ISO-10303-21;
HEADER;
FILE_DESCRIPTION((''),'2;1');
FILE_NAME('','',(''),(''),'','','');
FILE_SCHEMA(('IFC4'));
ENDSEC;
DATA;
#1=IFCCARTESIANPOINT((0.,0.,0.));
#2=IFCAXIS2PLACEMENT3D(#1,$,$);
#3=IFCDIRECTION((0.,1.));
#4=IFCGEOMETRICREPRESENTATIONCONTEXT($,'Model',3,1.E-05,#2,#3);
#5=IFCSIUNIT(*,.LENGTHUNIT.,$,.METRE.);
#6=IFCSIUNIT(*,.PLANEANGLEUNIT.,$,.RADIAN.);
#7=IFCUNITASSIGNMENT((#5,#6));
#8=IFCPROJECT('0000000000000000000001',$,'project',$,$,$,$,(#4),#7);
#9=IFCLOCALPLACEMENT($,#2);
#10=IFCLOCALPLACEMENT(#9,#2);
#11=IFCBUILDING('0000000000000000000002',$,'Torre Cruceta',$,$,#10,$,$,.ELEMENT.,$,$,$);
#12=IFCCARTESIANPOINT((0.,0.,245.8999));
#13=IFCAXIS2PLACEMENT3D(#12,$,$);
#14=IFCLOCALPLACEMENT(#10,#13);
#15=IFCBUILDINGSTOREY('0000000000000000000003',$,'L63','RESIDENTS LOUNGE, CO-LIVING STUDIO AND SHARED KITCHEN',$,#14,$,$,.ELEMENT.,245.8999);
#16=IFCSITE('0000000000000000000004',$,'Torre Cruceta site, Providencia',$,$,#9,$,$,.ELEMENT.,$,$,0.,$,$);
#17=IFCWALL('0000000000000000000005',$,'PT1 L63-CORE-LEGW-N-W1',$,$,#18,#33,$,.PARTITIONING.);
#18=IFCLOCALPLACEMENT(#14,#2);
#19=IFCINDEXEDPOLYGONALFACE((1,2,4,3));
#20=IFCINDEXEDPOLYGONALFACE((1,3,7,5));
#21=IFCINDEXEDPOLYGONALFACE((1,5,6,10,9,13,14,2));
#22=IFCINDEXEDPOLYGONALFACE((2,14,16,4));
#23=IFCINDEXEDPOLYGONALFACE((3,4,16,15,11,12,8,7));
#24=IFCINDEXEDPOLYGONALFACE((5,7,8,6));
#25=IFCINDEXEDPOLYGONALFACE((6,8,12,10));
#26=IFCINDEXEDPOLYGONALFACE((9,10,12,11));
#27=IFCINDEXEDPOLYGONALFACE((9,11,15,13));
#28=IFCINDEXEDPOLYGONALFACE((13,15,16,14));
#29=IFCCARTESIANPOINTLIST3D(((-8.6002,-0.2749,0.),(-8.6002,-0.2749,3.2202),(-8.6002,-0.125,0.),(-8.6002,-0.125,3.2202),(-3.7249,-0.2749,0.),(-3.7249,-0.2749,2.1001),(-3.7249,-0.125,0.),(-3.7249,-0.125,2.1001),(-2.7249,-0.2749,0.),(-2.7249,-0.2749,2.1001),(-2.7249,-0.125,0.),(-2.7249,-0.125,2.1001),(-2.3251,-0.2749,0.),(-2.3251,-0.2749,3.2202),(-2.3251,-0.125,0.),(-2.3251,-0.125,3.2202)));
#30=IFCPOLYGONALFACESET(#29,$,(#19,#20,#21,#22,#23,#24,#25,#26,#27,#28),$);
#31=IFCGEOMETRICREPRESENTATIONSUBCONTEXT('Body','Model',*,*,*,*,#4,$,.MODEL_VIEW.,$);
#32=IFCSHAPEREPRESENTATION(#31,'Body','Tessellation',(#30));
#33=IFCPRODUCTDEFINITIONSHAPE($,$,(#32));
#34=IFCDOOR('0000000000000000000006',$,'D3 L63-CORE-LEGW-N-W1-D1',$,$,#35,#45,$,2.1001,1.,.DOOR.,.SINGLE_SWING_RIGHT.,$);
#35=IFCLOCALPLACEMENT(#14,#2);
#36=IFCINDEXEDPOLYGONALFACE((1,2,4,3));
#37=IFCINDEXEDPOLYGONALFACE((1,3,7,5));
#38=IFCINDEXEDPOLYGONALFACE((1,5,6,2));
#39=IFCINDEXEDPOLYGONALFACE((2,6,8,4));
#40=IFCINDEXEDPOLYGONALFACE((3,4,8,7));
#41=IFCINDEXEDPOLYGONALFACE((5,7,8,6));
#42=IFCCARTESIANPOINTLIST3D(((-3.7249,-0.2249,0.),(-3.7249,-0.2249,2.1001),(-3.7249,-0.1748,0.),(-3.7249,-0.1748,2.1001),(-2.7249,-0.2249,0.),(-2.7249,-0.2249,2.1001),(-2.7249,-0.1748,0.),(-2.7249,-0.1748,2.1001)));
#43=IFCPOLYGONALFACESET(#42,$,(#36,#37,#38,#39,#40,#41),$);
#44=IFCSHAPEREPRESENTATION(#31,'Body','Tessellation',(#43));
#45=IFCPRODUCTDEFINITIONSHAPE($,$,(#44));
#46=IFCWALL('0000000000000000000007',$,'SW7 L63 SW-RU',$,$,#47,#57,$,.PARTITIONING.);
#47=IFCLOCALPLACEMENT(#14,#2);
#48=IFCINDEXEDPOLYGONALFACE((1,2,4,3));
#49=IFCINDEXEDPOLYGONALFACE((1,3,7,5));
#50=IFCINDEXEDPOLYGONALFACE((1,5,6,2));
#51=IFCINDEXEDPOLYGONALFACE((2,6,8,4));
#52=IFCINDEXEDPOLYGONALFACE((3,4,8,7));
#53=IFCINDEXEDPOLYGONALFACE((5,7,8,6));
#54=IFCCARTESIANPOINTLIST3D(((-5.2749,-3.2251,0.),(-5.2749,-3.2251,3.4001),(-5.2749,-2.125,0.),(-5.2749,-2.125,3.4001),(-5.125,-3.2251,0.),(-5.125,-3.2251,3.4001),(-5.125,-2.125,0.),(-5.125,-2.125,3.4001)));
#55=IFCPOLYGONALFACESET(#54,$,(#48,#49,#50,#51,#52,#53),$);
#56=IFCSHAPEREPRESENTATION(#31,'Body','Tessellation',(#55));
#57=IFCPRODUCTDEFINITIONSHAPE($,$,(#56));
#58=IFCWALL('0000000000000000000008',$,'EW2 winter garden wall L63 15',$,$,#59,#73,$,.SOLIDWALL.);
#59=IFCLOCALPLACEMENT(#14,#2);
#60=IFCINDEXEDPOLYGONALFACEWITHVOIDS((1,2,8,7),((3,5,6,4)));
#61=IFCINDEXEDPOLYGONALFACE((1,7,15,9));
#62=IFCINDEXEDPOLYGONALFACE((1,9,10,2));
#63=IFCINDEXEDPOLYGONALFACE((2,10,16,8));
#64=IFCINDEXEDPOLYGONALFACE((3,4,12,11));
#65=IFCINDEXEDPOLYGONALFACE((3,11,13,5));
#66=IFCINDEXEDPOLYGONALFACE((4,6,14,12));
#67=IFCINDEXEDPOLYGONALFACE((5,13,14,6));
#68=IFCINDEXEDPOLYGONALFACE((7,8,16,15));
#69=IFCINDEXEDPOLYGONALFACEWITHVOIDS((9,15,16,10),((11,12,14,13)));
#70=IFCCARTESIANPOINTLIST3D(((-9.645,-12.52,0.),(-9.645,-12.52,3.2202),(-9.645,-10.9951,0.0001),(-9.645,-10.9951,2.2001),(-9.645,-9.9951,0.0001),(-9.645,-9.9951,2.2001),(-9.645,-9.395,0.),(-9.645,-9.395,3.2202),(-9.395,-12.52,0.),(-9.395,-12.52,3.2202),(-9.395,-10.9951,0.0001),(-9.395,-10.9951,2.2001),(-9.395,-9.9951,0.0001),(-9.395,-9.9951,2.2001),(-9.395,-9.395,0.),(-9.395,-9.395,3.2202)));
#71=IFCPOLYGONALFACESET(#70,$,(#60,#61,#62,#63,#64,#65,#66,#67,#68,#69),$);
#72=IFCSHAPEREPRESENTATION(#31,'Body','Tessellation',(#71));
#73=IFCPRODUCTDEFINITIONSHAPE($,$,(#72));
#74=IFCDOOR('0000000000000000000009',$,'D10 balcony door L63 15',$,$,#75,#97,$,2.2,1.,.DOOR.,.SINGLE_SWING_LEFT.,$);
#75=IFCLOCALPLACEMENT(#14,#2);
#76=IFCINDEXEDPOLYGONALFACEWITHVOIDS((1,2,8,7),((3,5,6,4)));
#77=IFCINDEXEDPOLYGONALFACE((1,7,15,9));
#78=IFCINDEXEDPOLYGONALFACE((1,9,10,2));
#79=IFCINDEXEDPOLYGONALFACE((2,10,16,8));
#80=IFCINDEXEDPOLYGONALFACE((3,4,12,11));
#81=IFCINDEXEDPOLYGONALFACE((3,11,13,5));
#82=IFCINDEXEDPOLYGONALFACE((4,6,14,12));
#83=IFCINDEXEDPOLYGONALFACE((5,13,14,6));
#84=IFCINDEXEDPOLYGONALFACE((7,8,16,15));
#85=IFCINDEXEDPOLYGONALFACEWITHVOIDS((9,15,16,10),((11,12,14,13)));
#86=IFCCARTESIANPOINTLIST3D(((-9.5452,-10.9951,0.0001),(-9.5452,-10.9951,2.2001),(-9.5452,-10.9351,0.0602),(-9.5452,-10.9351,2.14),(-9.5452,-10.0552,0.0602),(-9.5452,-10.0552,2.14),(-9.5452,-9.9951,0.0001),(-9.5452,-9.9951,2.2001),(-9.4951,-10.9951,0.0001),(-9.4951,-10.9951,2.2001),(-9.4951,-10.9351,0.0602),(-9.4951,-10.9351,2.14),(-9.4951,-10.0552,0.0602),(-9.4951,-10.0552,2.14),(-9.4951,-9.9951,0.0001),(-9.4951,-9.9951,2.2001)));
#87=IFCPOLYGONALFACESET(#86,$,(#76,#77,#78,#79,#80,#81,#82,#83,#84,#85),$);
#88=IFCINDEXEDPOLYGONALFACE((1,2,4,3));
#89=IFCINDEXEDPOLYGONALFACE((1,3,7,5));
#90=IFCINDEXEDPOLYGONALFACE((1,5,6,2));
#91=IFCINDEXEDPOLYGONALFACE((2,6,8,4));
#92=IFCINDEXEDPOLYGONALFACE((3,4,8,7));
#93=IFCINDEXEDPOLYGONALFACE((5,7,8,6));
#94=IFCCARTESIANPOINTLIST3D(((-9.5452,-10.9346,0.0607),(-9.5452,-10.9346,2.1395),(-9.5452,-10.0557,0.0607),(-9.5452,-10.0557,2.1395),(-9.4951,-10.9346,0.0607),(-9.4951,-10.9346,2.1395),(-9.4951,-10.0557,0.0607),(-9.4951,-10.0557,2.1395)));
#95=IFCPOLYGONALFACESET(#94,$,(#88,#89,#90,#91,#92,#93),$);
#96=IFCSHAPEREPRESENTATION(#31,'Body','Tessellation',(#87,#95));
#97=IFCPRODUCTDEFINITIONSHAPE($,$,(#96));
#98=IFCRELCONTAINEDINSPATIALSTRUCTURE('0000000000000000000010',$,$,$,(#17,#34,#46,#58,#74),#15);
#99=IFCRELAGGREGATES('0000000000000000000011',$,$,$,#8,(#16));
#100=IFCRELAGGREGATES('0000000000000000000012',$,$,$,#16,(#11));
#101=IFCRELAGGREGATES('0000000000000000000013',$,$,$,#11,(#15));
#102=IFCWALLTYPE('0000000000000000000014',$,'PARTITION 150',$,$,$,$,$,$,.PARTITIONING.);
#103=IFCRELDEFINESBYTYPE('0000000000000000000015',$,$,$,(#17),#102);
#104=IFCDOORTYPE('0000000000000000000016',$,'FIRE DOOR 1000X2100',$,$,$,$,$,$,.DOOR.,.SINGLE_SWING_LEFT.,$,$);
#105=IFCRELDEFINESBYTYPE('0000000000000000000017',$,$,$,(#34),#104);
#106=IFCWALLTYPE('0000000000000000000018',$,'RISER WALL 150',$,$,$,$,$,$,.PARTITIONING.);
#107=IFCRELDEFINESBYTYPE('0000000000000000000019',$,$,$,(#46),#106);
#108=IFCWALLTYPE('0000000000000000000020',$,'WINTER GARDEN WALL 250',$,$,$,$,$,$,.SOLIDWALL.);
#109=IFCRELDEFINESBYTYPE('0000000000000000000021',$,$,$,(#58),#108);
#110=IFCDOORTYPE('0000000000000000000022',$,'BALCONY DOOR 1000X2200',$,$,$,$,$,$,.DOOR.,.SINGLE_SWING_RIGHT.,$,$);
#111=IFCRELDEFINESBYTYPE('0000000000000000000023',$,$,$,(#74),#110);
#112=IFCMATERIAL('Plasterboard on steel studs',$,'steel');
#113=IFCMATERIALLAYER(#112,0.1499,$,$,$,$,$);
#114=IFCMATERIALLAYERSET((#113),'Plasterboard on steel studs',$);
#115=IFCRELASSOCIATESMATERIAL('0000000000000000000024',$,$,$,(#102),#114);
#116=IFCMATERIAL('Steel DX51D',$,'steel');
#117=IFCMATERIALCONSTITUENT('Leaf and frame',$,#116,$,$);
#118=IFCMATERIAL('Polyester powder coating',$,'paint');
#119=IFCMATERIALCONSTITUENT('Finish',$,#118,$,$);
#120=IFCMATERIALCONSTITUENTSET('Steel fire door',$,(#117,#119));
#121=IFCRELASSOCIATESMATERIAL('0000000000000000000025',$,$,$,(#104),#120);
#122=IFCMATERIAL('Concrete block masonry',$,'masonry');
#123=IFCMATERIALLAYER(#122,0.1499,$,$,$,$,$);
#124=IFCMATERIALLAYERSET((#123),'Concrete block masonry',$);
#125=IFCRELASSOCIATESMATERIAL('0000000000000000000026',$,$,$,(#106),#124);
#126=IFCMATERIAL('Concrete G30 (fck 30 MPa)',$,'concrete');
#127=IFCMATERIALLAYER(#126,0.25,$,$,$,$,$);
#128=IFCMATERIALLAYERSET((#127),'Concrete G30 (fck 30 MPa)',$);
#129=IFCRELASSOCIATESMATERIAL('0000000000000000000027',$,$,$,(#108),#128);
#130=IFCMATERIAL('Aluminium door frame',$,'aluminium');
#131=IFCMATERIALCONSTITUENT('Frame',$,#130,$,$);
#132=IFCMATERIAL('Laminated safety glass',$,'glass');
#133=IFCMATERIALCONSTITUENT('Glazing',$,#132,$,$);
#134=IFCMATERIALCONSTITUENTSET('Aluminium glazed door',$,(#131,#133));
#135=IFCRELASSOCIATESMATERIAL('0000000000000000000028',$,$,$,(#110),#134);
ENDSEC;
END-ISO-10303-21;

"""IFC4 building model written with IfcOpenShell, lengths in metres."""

from ifc_helpers import new_model, si_unit, direction, frame, frame_2d, origin, place, context, subcontext, project, spatial, rectangle, hollow_rectangle, extrude, material, layer, layer_set, constituent, constituent_set, type_object, element, fill, save


model = new_model("IFC4")

# Units and contexts
model_context = context("Model", 3, precision=1e-05, world=origin(), true_north=direction((0.0, 1.0)))
body_context = subcontext(model_context, "Body", "Model", "MODEL_VIEW")
ifc_project = project(units=[si_unit("LENGTHUNIT", "METRE"), si_unit("PLANEANGLEUNIT", "RADIAN")], contexts=[model_context])

# Site, building, storey
site_placement = place(None, origin())
site = spatial("IfcSite", under=ifc_project, at=site_placement, Name="Torre Cruceta site, Providencia", CompositionType="ELEMENT", RefElevation=0.0)
building_placement = place(site_placement, origin())
building = spatial("IfcBuilding", under=site, at=building_placement, Name="Torre Cruceta", CompositionType="ELEMENT")
storey_placement = place(building_placement, frame((0.0, 0.0, 245.8999)))
storey = spatial("IfcBuildingStorey", under=building, at=storey_placement, Name="L63", Description="RESIDENTS LOUNGE, CO-LIVING STUDIO AND SHARED KITCHEN", CompositionType="ELEMENT", Elevation=245.8999)

# Wall, opening, door
ifc_material_1 = material(Name="Plasterboard on steel studs", Category="steel")
ifc_layer_1 = layer(ifc_material_1, 0.1499)
ifc_layer_set_1 = layer_set([ifc_layer_1], Name="Plasterboard on steel studs")
wall_type_1 = type_object("IfcWallType", Name="PARTITION 150", PredefinedType="PARTITIONING", material=ifc_layer_set_1)
wall_1_placement = place(storey_placement, frame((-2.325, -0.2, 0.0), z_axis=(0.0, 0.0, 1.0), x_axis=(-1.0, 0.0, 0.0)))
wall_1 = element("IfcWall", 1, at=wall_1_placement, inside=storey, type_object=wall_type_1, Name="PT1 L63-CORE-LEGW-N-W1", PredefinedType="PARTITIONING", context=body_context, shape_type="SweptSolid", body=[
    extrude(rectangle(XDim=6.2751, YDim=0.1499, at=frame_2d((3.1377, 0.0))), origin(), (0.0, 0.0, 1.0), 3.2202),
])
opening_1_placement = place(wall_1_placement, frame((0.3999, 0.0, 0.0)))
opening_1 = element("IfcOpeningElement", 2, at=opening_1_placement, cuts=wall_1, PredefinedType="OPENING", context=body_context, shape_type="SweptSolid", body=[
    extrude(rectangle(XDim=1.0, YDim=2.1001, at=frame_2d((0.5, 1.05))), frame((0.0, 0.085, 0.0), z_axis=(0.0, -1.0, 0.0), x_axis=(1.0, 0.0, 0.0)), (0.0, 0.0, 1.0), 0.1699),
])
ifc_material_2 = material(Name="Steel DX51D", Category="steel")
ifc_constituent_1 = constituent(ifc_material_2, Name="Leaf and frame")
ifc_material_3 = material(Name="Polyester powder coating", Category="paint")
ifc_constituent_2 = constituent(ifc_material_3, Name="Finish")
ifc_constituent_set_1 = constituent_set(constituents=[ifc_constituent_1, ifc_constituent_2], Name="Steel fire door")
door_type_1 = type_object("IfcDoorType", Name="FIRE DOOR 1000X2100", OperationType="SINGLE_SWING_LEFT", PredefinedType="DOOR", material=ifc_constituent_set_1)
door_1_placement = place(opening_1_placement, frame((1.0, 0.0, 0.0), z_axis=(0.0, 0.0, 1.0), x_axis=(-1.0, 0.0, 0.0)))
door_1 = element("IfcDoor", 3, at=door_1_placement, inside=storey, type_object=door_type_1, Name="D3 L63-CORE-LEGW-N-W1-D1", OperationType="SINGLE_SWING_RIGHT", OverallHeight=2.1001, OverallWidth=1.0, PredefinedType="DOOR", context=body_context, shape_type="SweptSolid", body=[
    extrude(rectangle(XDim=1.0, YDim=2.1001, at=frame_2d((0.5, 1.05))), frame((0.0, 0.0251, 0.0), z_axis=(0.0, -1.0, 0.0), x_axis=(1.0, 0.0, 0.0)), (0.0, 0.0, 1.0), 0.05),
])
fill(opening_1, door_1)

# Wall
ifc_material_4 = material(Name="Concrete block masonry", Category="masonry")
ifc_layer_2 = layer(ifc_material_4, 0.1499)
ifc_layer_set_2 = layer_set([ifc_layer_2], Name="Concrete block masonry")
wall_type_2 = type_object("IfcWallType", Name="RISER WALL 150", PredefinedType="PARTITIONING", material=ifc_layer_set_2)
wall_2_placement = place(storey_placement, frame((-5.2, -2.125, 0.0), z_axis=(0.0, 0.0, 1.0), x_axis=(0.0, -1.0, 0.0)))
element("IfcWall", 4, at=wall_2_placement, inside=storey, type_object=wall_type_2, Name="SW7 L63 SW-RU", PredefinedType="PARTITIONING", context=body_context, shape_type="SweptSolid", body=[
    extrude(rectangle(XDim=1.1001, YDim=0.1499, at=frame_2d((0.55, 0.0))), origin(), (0.0, 0.0, 1.0), 3.4001),
])

# Wall, opening, door
ifc_material_5 = material(Name="Concrete G30 (fck 30 MPa)", Category="concrete")
ifc_layer_3 = layer(ifc_material_5, 0.25)
ifc_layer_set_3 = layer_set([ifc_layer_3], Name="Concrete G30 (fck 30 MPa)")
wall_type_3 = type_object("IfcWallType", Name="WINTER GARDEN WALL 250", PredefinedType="SOLIDWALL", material=ifc_layer_set_3)
wall_3_placement = place(storey_placement, frame((-9.52, -9.395, 0.0), z_axis=(0.0, 0.0, 1.0), x_axis=(0.0, -1.0, 0.0)))
wall_3 = element("IfcWall", 5, at=wall_3_placement, inside=storey, type_object=wall_type_3, Name="EW2 winter garden wall L63 15", PredefinedType="SOLIDWALL", context=body_context, shape_type="SweptSolid", body=[
    extrude(rectangle(XDim=3.125, YDim=0.25, at=frame_2d((1.5625, 0.0))), origin(), (0.0, 0.0, 1.0), 3.2202),
])
opening_2_placement = place(wall_3_placement, frame((0.6001, 0.0, 0.0)))
opening_2 = element("IfcOpeningElement", 6, at=opening_2_placement, cuts=wall_3, PredefinedType="OPENING", context=body_context, shape_type="SweptSolid", body=[
    extrude(rectangle(XDim=1.0, YDim=2.2, at=frame_2d((0.5, 1.1001))), frame((0.0, 0.135, 0.0), z_axis=(0.0, -1.0, 0.0), x_axis=(1.0, 0.0, 0.0)), (0.0, 0.0, 1.0), 0.27),
])
ifc_material_6 = material(Name="Aluminium door frame", Category="aluminium")
ifc_constituent_3 = constituent(ifc_material_6, Name="Frame")
ifc_material_7 = material(Name="Laminated safety glass", Category="glass")
ifc_constituent_4 = constituent(ifc_material_7, Name="Glazing")
ifc_constituent_set_2 = constituent_set(constituents=[ifc_constituent_3, ifc_constituent_4], Name="Aluminium glazed door")
door_type_2 = type_object("IfcDoorType", Name="BALCONY DOOR 1000X2200", OperationType="SINGLE_SWING_RIGHT", PredefinedType="DOOR", material=ifc_constituent_set_2)
door_2_placement = place(opening_2_placement, origin())
door_2 = element("IfcDoor", 7, at=door_2_placement, inside=storey, type_object=door_type_2, Name="D10 balcony door L63 15", OperationType="SINGLE_SWING_LEFT", OverallHeight=2.2, OverallWidth=1.0, PredefinedType="DOOR", context=body_context, shape_type="SweptSolid", body=[
    extrude(hollow_rectangle(XDim=1.0, YDim=2.2, WallThickness=0.0601, at=frame_2d((0.5, 1.1001))), frame((0.0, 0.0249, 0.0), z_axis=(0.0, -1.0, 0.0), x_axis=(1.0, 0.0, 0.0)), (0.0, 0.0, 1.0), 0.05),
    extrude(rectangle(XDim=0.8789, YDim=2.0789, at=frame_2d((0.5, 1.1001))), frame((0.0, 0.0249, 0.0), z_axis=(0.0, -1.0, 0.0), x_axis=(1.0, 0.0, 0.0)), (0.0, 0.0, 1.0), 0.05),
])
fill(opening_2, door_2)

save(model, "model.ifc")
